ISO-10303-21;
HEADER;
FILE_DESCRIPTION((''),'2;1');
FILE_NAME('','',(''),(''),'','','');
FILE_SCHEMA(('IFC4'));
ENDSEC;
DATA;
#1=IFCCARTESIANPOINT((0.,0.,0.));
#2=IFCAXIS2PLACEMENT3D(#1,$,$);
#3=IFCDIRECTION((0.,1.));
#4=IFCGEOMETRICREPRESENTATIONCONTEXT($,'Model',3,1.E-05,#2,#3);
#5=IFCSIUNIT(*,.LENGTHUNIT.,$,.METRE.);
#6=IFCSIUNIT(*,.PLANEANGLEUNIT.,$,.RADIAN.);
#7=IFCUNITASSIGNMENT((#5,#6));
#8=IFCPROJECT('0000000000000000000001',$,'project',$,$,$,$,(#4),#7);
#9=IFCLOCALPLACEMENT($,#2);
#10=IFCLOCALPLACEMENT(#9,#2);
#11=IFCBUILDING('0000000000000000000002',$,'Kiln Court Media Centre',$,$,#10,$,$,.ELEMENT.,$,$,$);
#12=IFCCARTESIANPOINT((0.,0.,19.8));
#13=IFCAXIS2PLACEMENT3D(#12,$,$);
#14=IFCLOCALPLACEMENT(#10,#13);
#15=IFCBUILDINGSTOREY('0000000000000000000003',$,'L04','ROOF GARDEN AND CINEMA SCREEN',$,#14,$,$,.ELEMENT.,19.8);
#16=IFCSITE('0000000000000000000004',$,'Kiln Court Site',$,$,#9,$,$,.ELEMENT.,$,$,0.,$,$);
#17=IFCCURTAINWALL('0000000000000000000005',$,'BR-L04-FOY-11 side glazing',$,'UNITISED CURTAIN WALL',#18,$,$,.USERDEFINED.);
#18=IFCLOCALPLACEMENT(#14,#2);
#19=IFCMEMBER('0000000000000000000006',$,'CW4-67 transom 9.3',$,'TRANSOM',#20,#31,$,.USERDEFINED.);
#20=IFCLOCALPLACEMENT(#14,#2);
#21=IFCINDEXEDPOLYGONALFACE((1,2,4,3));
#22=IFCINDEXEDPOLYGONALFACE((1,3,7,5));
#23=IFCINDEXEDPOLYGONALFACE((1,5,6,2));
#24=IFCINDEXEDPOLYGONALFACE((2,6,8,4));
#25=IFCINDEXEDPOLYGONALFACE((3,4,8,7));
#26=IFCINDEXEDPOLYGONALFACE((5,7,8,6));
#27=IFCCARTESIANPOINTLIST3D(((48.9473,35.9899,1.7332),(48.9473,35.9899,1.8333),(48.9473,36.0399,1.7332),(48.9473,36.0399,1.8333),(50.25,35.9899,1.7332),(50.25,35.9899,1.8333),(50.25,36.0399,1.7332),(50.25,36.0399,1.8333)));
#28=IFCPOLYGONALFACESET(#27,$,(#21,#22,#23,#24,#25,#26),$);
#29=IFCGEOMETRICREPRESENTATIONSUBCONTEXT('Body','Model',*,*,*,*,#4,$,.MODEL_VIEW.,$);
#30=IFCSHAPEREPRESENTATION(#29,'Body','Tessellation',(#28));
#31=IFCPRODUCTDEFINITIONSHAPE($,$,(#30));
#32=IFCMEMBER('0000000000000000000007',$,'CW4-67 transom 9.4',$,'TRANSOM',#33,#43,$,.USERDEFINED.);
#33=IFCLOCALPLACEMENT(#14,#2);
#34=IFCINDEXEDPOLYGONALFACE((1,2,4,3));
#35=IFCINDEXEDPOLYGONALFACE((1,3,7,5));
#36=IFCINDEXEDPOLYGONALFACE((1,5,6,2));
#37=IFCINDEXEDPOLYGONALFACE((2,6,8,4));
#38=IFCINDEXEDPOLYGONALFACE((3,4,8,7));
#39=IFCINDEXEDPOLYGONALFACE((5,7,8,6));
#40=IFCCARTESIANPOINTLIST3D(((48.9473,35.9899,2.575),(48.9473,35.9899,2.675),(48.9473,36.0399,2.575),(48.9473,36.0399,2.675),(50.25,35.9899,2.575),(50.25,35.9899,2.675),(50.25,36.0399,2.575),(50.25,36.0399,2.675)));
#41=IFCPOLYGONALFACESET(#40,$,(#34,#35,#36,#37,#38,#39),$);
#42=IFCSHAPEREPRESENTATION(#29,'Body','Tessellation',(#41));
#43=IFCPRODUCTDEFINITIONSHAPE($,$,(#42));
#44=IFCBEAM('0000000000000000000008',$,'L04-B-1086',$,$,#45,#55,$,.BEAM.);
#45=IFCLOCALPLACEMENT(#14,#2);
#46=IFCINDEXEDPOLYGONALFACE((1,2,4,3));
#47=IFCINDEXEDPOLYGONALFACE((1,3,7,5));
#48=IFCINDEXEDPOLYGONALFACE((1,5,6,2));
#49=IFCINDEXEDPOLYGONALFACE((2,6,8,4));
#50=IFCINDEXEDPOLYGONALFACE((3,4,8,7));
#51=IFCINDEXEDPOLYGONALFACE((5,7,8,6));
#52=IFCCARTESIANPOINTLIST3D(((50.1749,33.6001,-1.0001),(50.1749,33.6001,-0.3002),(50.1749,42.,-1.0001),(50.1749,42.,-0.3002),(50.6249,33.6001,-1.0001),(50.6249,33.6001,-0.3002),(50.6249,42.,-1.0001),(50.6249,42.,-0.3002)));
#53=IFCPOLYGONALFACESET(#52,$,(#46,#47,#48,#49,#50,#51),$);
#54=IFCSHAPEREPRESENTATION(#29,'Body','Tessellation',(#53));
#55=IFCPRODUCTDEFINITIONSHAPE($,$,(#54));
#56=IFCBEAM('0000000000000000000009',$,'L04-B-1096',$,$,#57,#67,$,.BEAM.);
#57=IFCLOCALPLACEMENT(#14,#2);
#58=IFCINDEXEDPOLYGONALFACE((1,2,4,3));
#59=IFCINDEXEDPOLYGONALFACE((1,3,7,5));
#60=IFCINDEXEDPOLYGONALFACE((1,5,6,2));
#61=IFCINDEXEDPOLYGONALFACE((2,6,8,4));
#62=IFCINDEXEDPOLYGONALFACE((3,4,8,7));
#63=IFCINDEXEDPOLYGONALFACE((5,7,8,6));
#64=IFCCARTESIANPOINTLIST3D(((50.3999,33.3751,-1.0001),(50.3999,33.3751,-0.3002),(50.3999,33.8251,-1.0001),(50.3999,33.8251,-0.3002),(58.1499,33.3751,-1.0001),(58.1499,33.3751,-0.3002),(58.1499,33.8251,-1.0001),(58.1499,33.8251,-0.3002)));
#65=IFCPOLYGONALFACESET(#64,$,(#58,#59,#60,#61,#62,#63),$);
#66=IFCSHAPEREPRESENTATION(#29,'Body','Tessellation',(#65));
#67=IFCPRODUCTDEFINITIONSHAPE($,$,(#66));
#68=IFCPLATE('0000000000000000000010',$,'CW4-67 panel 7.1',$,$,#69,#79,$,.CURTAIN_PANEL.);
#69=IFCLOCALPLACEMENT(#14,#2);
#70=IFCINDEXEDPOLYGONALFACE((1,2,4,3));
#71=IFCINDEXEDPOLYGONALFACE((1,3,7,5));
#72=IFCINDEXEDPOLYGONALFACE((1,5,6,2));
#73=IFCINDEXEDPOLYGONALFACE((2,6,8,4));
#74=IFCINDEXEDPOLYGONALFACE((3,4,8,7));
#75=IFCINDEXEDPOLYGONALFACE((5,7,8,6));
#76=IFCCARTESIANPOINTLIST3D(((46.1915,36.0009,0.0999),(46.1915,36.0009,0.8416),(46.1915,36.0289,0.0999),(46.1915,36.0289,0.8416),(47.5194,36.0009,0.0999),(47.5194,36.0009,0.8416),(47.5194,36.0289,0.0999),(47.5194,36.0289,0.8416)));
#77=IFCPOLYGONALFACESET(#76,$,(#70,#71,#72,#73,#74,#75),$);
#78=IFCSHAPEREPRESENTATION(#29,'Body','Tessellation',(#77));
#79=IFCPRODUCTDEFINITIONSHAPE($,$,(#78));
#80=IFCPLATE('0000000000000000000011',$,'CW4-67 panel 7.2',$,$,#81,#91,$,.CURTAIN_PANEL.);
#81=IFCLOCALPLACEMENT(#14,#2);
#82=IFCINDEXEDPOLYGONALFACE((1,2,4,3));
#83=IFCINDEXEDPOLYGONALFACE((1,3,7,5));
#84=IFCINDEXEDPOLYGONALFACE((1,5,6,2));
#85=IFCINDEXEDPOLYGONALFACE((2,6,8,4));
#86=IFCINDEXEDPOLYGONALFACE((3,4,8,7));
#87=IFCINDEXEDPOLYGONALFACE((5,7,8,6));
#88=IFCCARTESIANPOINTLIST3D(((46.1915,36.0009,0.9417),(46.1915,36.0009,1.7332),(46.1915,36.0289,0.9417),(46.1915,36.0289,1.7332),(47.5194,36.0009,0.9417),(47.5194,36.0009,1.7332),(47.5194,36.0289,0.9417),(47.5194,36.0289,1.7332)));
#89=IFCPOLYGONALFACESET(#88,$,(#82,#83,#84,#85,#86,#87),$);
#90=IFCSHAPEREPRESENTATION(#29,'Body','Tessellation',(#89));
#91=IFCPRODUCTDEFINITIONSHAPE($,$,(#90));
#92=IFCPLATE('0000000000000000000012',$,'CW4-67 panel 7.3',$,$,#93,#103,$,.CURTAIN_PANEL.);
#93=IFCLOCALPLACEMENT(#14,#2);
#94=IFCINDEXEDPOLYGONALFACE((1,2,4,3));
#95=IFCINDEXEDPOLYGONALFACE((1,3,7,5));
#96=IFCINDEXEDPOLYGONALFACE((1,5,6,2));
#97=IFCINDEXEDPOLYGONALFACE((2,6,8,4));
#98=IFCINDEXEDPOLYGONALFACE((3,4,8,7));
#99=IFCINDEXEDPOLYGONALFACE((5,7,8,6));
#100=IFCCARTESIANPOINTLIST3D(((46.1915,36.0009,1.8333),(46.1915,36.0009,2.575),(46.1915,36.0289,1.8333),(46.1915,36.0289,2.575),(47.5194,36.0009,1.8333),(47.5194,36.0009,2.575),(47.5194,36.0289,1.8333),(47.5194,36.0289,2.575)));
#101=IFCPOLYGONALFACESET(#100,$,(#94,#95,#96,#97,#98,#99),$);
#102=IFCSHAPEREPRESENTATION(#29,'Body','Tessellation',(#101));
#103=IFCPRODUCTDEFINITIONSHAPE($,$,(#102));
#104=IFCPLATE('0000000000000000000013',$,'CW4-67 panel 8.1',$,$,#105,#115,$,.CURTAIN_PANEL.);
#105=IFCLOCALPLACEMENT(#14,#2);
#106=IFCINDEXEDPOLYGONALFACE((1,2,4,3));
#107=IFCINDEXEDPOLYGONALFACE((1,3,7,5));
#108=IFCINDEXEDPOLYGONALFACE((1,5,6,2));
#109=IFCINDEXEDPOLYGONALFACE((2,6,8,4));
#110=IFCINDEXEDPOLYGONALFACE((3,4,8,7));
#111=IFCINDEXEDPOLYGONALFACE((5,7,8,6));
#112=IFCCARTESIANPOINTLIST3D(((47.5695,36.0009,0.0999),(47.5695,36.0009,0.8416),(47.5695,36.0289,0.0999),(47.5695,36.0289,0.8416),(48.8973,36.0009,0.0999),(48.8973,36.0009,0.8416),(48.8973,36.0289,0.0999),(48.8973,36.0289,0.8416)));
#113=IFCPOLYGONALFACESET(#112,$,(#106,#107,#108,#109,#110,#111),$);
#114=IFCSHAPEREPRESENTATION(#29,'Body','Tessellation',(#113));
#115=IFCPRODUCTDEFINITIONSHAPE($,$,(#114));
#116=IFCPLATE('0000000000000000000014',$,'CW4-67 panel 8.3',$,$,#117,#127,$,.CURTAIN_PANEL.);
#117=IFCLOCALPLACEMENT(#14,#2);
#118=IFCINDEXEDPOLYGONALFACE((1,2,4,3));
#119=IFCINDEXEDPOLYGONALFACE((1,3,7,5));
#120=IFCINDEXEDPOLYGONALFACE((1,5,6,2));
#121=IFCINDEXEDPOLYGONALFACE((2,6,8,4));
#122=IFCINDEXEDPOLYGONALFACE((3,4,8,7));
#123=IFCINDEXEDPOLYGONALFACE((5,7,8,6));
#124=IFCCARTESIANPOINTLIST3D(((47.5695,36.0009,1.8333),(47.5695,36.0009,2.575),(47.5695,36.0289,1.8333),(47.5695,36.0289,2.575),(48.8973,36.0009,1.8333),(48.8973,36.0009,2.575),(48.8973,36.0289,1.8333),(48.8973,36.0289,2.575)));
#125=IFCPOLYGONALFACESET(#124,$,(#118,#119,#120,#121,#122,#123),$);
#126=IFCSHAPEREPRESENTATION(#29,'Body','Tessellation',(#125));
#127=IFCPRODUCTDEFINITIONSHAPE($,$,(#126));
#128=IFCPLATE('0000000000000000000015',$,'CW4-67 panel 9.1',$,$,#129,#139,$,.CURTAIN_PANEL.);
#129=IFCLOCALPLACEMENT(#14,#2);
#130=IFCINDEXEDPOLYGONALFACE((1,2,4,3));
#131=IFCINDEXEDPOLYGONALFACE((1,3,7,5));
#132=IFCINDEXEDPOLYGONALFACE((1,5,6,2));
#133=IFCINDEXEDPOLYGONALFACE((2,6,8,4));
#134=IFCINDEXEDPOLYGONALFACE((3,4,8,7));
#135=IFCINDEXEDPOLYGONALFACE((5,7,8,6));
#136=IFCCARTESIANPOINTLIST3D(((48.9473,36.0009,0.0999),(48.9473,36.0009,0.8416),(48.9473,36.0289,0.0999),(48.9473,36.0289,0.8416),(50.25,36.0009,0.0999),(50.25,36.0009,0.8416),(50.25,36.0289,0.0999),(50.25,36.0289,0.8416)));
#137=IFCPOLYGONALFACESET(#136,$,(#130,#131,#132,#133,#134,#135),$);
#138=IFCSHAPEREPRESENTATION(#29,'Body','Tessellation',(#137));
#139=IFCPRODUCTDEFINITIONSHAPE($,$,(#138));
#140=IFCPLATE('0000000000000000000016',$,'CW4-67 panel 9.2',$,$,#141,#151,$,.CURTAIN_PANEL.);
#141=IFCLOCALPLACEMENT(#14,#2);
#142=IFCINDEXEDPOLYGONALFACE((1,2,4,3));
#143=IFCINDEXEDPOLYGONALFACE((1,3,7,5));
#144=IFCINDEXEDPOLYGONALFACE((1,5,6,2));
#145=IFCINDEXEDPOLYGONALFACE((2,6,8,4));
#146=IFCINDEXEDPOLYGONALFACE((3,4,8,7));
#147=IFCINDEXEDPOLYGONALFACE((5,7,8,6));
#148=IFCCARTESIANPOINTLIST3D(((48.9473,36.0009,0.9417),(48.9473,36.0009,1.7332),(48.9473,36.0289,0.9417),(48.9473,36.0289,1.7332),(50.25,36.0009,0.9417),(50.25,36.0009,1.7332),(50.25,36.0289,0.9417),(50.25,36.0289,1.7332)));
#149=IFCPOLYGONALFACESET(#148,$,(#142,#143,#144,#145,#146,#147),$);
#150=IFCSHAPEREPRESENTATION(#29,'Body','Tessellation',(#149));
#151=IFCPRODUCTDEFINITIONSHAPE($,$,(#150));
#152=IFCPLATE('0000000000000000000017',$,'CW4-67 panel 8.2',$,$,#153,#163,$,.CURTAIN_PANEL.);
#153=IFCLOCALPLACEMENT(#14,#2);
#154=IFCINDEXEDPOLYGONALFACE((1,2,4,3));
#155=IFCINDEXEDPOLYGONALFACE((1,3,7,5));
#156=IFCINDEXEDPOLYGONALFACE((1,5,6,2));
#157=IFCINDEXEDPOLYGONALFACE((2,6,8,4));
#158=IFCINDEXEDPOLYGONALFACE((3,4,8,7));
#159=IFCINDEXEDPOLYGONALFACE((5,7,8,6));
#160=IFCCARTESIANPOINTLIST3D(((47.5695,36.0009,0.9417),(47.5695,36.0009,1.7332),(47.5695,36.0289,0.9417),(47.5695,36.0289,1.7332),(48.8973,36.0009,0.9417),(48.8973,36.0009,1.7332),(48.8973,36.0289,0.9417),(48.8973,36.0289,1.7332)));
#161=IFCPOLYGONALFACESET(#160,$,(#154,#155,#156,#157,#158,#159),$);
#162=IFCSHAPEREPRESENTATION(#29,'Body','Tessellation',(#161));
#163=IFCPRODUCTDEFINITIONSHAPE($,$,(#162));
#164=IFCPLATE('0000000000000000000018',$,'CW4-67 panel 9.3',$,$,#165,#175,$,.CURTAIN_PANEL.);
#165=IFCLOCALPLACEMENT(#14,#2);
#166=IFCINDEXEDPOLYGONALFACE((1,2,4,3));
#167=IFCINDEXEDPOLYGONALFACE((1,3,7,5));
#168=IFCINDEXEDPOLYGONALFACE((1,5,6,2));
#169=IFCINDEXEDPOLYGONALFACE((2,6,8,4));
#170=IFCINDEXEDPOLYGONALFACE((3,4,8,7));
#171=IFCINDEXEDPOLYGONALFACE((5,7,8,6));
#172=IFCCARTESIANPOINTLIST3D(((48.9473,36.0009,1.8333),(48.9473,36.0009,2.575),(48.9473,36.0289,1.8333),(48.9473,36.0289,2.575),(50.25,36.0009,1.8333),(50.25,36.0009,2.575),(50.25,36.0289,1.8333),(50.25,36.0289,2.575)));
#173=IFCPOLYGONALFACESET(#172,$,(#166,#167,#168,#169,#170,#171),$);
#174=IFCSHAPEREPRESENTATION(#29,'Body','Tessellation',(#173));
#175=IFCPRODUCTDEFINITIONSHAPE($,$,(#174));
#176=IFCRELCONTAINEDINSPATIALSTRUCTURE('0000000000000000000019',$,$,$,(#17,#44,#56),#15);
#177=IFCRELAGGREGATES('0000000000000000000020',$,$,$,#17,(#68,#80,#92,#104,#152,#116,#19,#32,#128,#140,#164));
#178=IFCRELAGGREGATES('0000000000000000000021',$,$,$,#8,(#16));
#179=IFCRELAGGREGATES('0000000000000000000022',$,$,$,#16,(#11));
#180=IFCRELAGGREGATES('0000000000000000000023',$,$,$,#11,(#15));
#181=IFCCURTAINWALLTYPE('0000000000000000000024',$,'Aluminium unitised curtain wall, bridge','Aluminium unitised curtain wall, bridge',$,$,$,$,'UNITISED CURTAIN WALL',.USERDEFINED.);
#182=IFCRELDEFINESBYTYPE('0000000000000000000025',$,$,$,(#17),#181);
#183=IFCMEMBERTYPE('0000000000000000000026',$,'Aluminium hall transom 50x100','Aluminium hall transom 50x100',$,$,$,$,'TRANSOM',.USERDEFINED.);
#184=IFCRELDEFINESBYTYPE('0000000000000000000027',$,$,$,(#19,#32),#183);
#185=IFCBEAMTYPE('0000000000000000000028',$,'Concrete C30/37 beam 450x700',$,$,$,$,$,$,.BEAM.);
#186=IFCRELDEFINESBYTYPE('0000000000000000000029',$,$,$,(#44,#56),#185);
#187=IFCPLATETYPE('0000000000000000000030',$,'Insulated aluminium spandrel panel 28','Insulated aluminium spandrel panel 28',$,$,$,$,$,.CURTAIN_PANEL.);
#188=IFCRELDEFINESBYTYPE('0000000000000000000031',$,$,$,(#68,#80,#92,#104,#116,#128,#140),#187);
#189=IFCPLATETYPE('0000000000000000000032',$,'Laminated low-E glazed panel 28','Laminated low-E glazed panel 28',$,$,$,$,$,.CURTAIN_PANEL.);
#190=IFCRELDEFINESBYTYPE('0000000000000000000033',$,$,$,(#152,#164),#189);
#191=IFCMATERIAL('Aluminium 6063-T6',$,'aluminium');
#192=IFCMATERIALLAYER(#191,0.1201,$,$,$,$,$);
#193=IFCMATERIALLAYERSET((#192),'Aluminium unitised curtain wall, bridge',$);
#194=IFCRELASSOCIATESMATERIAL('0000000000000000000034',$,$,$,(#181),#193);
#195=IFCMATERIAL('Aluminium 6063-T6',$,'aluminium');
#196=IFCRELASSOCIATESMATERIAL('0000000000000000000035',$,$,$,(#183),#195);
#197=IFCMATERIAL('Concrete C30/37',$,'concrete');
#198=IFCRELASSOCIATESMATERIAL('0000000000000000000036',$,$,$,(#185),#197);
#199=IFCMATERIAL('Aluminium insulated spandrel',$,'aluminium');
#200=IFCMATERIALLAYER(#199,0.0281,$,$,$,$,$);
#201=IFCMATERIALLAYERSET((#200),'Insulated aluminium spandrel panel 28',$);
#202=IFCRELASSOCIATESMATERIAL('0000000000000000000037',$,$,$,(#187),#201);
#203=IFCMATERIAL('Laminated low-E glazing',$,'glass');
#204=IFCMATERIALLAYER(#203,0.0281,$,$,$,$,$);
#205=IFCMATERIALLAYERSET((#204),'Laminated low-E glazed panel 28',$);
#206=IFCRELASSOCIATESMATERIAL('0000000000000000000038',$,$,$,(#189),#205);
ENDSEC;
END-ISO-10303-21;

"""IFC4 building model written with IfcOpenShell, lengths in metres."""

from ifc_helpers import new_model, si_unit, direction, frame, origin, origin_2d, place, context, subcontext, project, spatial, rectangle, extrude, material, layer, layer_set, material_profile, profile_set, type_object, element, aggregate, save


model = new_model("IFC4")

# Units and contexts
model_context = context("Model", 3, precision=1e-05, world=origin(), true_north=direction((0.0, 1.0)))
body_context = subcontext(model_context, "Body", "Model", "MODEL_VIEW")
ifc_project = project(units=[si_unit("LENGTHUNIT", "METRE"), si_unit("PLANEANGLEUNIT", "RADIAN")], contexts=[model_context])

# Site, building, storey
site_placement = place(None, origin())
site = spatial("IfcSite", under=ifc_project, at=site_placement, Name="Kiln Court Site", CompositionType="ELEMENT", RefElevation=0.0)
building_placement = place(site_placement, origin())
building = spatial("IfcBuilding", under=site, at=building_placement, Name="Kiln Court Media Centre", CompositionType="ELEMENT")
storey_placement = place(building_placement, frame((0.0, 0.0, 19.8)))
storey = spatial("IfcBuildingStorey", under=building, at=storey_placement, Name="L04", Description="ROOF GARDEN AND CINEMA SCREEN", CompositionType="ELEMENT", Elevation=19.8)

# Curtain wall, members
ifc_material_1 = material(Name="Aluminium 6063-T6", Category="aluminium")
ifc_layer_1 = layer(ifc_material_1, 0.1201)
ifc_layer_set_1 = layer_set([ifc_layer_1], Name="Aluminium unitised curtain wall, bridge")
curtain_wall_type = type_object("IfcCurtainWallType", Name="Aluminium unitised curtain wall, bridge", Description="Aluminium unitised curtain wall, bridge", ElementType="UNITISED CURTAIN WALL", PredefinedType="USERDEFINED", material=ifc_layer_set_1)
curtain_wall_placement = place(storey_placement, origin())
curtain_wall = element("IfcCurtainWall", 1, at=curtain_wall_placement, inside=storey, type_object=curtain_wall_type, Name="BR-L04-FOY-11 side glazing", ObjectType="UNITISED CURTAIN WALL", PredefinedType="USERDEFINED")
ifc_material_2 = material(Name="Aluminium 6063-T6", Category="aluminium")
ifc_material_profile_1 = material_profile(ifc_material_2, rectangle(XDim=0.05, YDim=0.1001, at=origin_2d()), Name="Aluminium hall transom 50x100")
ifc_profile_set_1 = profile_set([ifc_material_profile_1], Name="Aluminium 6063-T6")
member_type_1 = type_object("IfcMemberType", Name="Aluminium hall transom 50x100", Description="Aluminium hall transom 50x100", ElementType="TRANSOM", PredefinedType="USERDEFINED", material=ifc_profile_set_1)
member_1_placement = place(storey_placement, frame((48.9473, 36.0149, 1.7832), z_axis=(1.0, 0.0, 0.0), x_axis=(0.0, 1.0, 0.0)))
member_1 = element("IfcMember", 2, at=member_1_placement, type_object=member_type_1, Name="CW4-67 transom 9.3", ObjectType="TRANSOM", PredefinedType="USERDEFINED", context=body_context, shape_type="SweptSolid", body=[
    extrude(rectangle(XDim=0.05, YDim=0.1001, at=origin_2d()), origin(), (0.0, 0.0, 1.0), 1.3027),
])
member_2_placement = place(storey_placement, frame((48.9473, 36.0149, 2.625), z_axis=(1.0, 0.0, 0.0), x_axis=(0.0, 1.0, 0.0)))
member_2 = element("IfcMember", 3, at=member_2_placement, type_object=member_type_1, Name="CW4-67 transom 9.4", ObjectType="TRANSOM", PredefinedType="USERDEFINED", context=body_context, shape_type="SweptSolid", body=[
    extrude(rectangle(XDim=0.05, YDim=0.1001, at=origin_2d()), origin(), (0.0, 0.0, 1.0), 1.3027),
])

# Beams
ifc_material_3 = material(Name="Concrete C30/37", Category="concrete")
ifc_material_profile_2 = material_profile(ifc_material_3, rectangle(XDim=0.45, YDim=0.7, at=origin_2d()), Name="RC 450x700")
ifc_profile_set_2 = profile_set([ifc_material_profile_2], Name="Concrete C30/37")
beam_type = type_object("IfcBeamType", Name="Concrete C30/37 beam 450x700", PredefinedType="BEAM", material=ifc_profile_set_2)
beam_1_placement = place(storey_placement, frame((50.3999, 33.6001, -0.6501), z_axis=(0.0, 1.0, 0.0), x_axis=(-1.0, 0.0, 0.0)))
element("IfcBeam", 4, at=beam_1_placement, inside=storey, type_object=beam_type, Name="L04-B-1086", PredefinedType="BEAM", context=body_context, shape_type="SweptSolid", body=[
    extrude(rectangle(XDim=0.45, YDim=0.7, at=origin_2d()), origin(), (0.0, 0.0, 1.0), 8.3999),
])
beam_2_placement = place(storey_placement, frame((50.3999, 33.6001, -0.6501), z_axis=(1.0, 0.0, 0.0), x_axis=(0.0, 1.0, 0.0)))
element("IfcBeam", 5, at=beam_2_placement, inside=storey, type_object=beam_type, Name="L04-B-1096", PredefinedType="BEAM", context=body_context, shape_type="SweptSolid", body=[
    extrude(rectangle(XDim=0.45, YDim=0.7, at=origin_2d()), origin(), (0.0, 0.0, 1.0), 7.75),
])

# Plates
ifc_material_4 = material(Name="Aluminium insulated spandrel", Category="aluminium")
ifc_layer_2 = layer(ifc_material_4, 0.0281)
ifc_layer_set_2 = layer_set([ifc_layer_2], Name="Insulated aluminium spandrel panel 28")
plate_type_1 = type_object("IfcPlateType", Name="Insulated aluminium spandrel panel 28", Description="Insulated aluminium spandrel panel 28", PredefinedType="CURTAIN_PANEL", material=ifc_layer_set_2)
plate_1_placement = place(storey_placement, frame((46.8555, 36.0149, 0.0999), z_axis=(0.0, 0.0, 1.0), x_axis=(1.0, 0.0, 0.0)))
plate_1 = element("IfcPlate", 6, at=plate_1_placement, type_object=plate_type_1, Name="CW4-67 panel 7.1", PredefinedType="CURTAIN_PANEL", context=body_context, shape_type="SweptSolid", body=[
    extrude(rectangle(XDim=1.3279, YDim=0.0281, at=origin_2d()), origin(), (0.0, 0.0, 1.0), 0.7417),
])
plate_2_placement = place(storey_placement, frame((46.8555, 36.0149, 0.9417), z_axis=(0.0, 0.0, 1.0), x_axis=(1.0, 0.0, 0.0)))
plate_2 = element("IfcPlate", 7, at=plate_2_placement, type_object=plate_type_1, Name="CW4-67 panel 7.2", PredefinedType="CURTAIN_PANEL", context=body_context, shape_type="SweptSolid", body=[
    extrude(rectangle(XDim=1.3279, YDim=0.0281, at=origin_2d()), origin(), (0.0, 0.0, 1.0), 0.7915),
])
plate_3_placement = place(storey_placement, frame((46.8555, 36.0149, 1.8333), z_axis=(0.0, 0.0, 1.0), x_axis=(1.0, 0.0, 0.0)))
plate_3 = element("IfcPlate", 8, at=plate_3_placement, type_object=plate_type_1, Name="CW4-67 panel 7.3", PredefinedType="CURTAIN_PANEL", context=body_context, shape_type="SweptSolid", body=[
    extrude(rectangle(XDim=1.3279, YDim=0.0281, at=origin_2d()), origin(), (0.0, 0.0, 1.0), 0.7417),
])
plate_4_placement = place(storey_placement, frame((48.2334, 36.0149, 0.0999), z_axis=(0.0, 0.0, 1.0), x_axis=(1.0, 0.0, 0.0)))
plate_4 = element("IfcPlate", 9, at=plate_4_placement, type_object=plate_type_1, Name="CW4-67 panel 8.1", PredefinedType="CURTAIN_PANEL", context=body_context, shape_type="SweptSolid", body=[
    extrude(rectangle(XDim=1.3279, YDim=0.0281, at=origin_2d()), origin(), (0.0, 0.0, 1.0), 0.7417),
])
plate_5_placement = place(storey_placement, frame((48.2334, 36.0149, 1.8333), z_axis=(0.0, 0.0, 1.0), x_axis=(1.0, 0.0, 0.0)))
plate_5 = element("IfcPlate", 10, at=plate_5_placement, type_object=plate_type_1, Name="CW4-67 panel 8.3", PredefinedType="CURTAIN_PANEL", context=body_context, shape_type="SweptSolid", body=[
    extrude(rectangle(XDim=1.3279, YDim=0.0281, at=origin_2d()), origin(), (0.0, 0.0, 1.0), 0.7417),
])
plate_6_placement = place(storey_placement, frame((49.5986, 36.0149, 0.0999), z_axis=(0.0, 0.0, 1.0), x_axis=(1.0, 0.0, 0.0)))
plate_6 = element("IfcPlate", 11, at=plate_6_placement, type_object=plate_type_1, Name="CW4-67 panel 9.1", PredefinedType="CURTAIN_PANEL", context=body_context, shape_type="SweptSolid", body=[
    extrude(rectangle(XDim=1.3027, YDim=0.0281, at=origin_2d()), origin(), (0.0, 0.0, 1.0), 0.7417),
])
plate_7_placement = place(storey_placement, frame((49.5986, 36.0149, 0.9417), z_axis=(0.0, 0.0, 1.0), x_axis=(1.0, 0.0, 0.0)))
plate_7 = element("IfcPlate", 12, at=plate_7_placement, type_object=plate_type_1, Name="CW4-67 panel 9.2", PredefinedType="CURTAIN_PANEL", context=body_context, shape_type="SweptSolid", body=[
    extrude(rectangle(XDim=1.3027, YDim=0.0281, at=origin_2d()), origin(), (0.0, 0.0, 1.0), 0.7915),
])
ifc_material_5 = material(Name="Laminated low-E glazing", Category="glass")
ifc_layer_3 = layer(ifc_material_5, 0.0281)
ifc_layer_set_3 = layer_set([ifc_layer_3], Name="Laminated low-E glazed panel 28")
plate_type_2 = type_object("IfcPlateType", Name="Laminated low-E glazed panel 28", Description="Laminated low-E glazed panel 28", PredefinedType="CURTAIN_PANEL", material=ifc_layer_set_3)
plate_8_placement = place(storey_placement, frame((48.2334, 36.0149, 0.9417), z_axis=(0.0, 0.0, 1.0), x_axis=(1.0, 0.0, 0.0)))
plate_8 = element("IfcPlate", 13, at=plate_8_placement, type_object=plate_type_2, Name="CW4-67 panel 8.2", PredefinedType="CURTAIN_PANEL", context=body_context, shape_type="SweptSolid", body=[
    extrude(rectangle(XDim=1.3279, YDim=0.0281, at=origin_2d()), origin(), (0.0, 0.0, 1.0), 0.7915),
])
plate_9_placement = place(storey_placement, frame((49.5986, 36.0149, 1.8333), z_axis=(0.0, 0.0, 1.0), x_axis=(1.0, 0.0, 0.0)))
plate_9 = element("IfcPlate", 14, at=plate_9_placement, type_object=plate_type_2, Name="CW4-67 panel 9.3", PredefinedType="CURTAIN_PANEL", context=body_context, shape_type="SweptSolid", body=[
    extrude(rectangle(XDim=1.3027, YDim=0.0281, at=origin_2d()), origin(), (0.0, 0.0, 1.0), 0.7417),
])
aggregate(curtain_wall, [plate_1, plate_2, plate_3, plate_4, plate_8, plate_5, member_1, member_2, plate_6, plate_7, plate_9])

save(model, "model.ifc")
